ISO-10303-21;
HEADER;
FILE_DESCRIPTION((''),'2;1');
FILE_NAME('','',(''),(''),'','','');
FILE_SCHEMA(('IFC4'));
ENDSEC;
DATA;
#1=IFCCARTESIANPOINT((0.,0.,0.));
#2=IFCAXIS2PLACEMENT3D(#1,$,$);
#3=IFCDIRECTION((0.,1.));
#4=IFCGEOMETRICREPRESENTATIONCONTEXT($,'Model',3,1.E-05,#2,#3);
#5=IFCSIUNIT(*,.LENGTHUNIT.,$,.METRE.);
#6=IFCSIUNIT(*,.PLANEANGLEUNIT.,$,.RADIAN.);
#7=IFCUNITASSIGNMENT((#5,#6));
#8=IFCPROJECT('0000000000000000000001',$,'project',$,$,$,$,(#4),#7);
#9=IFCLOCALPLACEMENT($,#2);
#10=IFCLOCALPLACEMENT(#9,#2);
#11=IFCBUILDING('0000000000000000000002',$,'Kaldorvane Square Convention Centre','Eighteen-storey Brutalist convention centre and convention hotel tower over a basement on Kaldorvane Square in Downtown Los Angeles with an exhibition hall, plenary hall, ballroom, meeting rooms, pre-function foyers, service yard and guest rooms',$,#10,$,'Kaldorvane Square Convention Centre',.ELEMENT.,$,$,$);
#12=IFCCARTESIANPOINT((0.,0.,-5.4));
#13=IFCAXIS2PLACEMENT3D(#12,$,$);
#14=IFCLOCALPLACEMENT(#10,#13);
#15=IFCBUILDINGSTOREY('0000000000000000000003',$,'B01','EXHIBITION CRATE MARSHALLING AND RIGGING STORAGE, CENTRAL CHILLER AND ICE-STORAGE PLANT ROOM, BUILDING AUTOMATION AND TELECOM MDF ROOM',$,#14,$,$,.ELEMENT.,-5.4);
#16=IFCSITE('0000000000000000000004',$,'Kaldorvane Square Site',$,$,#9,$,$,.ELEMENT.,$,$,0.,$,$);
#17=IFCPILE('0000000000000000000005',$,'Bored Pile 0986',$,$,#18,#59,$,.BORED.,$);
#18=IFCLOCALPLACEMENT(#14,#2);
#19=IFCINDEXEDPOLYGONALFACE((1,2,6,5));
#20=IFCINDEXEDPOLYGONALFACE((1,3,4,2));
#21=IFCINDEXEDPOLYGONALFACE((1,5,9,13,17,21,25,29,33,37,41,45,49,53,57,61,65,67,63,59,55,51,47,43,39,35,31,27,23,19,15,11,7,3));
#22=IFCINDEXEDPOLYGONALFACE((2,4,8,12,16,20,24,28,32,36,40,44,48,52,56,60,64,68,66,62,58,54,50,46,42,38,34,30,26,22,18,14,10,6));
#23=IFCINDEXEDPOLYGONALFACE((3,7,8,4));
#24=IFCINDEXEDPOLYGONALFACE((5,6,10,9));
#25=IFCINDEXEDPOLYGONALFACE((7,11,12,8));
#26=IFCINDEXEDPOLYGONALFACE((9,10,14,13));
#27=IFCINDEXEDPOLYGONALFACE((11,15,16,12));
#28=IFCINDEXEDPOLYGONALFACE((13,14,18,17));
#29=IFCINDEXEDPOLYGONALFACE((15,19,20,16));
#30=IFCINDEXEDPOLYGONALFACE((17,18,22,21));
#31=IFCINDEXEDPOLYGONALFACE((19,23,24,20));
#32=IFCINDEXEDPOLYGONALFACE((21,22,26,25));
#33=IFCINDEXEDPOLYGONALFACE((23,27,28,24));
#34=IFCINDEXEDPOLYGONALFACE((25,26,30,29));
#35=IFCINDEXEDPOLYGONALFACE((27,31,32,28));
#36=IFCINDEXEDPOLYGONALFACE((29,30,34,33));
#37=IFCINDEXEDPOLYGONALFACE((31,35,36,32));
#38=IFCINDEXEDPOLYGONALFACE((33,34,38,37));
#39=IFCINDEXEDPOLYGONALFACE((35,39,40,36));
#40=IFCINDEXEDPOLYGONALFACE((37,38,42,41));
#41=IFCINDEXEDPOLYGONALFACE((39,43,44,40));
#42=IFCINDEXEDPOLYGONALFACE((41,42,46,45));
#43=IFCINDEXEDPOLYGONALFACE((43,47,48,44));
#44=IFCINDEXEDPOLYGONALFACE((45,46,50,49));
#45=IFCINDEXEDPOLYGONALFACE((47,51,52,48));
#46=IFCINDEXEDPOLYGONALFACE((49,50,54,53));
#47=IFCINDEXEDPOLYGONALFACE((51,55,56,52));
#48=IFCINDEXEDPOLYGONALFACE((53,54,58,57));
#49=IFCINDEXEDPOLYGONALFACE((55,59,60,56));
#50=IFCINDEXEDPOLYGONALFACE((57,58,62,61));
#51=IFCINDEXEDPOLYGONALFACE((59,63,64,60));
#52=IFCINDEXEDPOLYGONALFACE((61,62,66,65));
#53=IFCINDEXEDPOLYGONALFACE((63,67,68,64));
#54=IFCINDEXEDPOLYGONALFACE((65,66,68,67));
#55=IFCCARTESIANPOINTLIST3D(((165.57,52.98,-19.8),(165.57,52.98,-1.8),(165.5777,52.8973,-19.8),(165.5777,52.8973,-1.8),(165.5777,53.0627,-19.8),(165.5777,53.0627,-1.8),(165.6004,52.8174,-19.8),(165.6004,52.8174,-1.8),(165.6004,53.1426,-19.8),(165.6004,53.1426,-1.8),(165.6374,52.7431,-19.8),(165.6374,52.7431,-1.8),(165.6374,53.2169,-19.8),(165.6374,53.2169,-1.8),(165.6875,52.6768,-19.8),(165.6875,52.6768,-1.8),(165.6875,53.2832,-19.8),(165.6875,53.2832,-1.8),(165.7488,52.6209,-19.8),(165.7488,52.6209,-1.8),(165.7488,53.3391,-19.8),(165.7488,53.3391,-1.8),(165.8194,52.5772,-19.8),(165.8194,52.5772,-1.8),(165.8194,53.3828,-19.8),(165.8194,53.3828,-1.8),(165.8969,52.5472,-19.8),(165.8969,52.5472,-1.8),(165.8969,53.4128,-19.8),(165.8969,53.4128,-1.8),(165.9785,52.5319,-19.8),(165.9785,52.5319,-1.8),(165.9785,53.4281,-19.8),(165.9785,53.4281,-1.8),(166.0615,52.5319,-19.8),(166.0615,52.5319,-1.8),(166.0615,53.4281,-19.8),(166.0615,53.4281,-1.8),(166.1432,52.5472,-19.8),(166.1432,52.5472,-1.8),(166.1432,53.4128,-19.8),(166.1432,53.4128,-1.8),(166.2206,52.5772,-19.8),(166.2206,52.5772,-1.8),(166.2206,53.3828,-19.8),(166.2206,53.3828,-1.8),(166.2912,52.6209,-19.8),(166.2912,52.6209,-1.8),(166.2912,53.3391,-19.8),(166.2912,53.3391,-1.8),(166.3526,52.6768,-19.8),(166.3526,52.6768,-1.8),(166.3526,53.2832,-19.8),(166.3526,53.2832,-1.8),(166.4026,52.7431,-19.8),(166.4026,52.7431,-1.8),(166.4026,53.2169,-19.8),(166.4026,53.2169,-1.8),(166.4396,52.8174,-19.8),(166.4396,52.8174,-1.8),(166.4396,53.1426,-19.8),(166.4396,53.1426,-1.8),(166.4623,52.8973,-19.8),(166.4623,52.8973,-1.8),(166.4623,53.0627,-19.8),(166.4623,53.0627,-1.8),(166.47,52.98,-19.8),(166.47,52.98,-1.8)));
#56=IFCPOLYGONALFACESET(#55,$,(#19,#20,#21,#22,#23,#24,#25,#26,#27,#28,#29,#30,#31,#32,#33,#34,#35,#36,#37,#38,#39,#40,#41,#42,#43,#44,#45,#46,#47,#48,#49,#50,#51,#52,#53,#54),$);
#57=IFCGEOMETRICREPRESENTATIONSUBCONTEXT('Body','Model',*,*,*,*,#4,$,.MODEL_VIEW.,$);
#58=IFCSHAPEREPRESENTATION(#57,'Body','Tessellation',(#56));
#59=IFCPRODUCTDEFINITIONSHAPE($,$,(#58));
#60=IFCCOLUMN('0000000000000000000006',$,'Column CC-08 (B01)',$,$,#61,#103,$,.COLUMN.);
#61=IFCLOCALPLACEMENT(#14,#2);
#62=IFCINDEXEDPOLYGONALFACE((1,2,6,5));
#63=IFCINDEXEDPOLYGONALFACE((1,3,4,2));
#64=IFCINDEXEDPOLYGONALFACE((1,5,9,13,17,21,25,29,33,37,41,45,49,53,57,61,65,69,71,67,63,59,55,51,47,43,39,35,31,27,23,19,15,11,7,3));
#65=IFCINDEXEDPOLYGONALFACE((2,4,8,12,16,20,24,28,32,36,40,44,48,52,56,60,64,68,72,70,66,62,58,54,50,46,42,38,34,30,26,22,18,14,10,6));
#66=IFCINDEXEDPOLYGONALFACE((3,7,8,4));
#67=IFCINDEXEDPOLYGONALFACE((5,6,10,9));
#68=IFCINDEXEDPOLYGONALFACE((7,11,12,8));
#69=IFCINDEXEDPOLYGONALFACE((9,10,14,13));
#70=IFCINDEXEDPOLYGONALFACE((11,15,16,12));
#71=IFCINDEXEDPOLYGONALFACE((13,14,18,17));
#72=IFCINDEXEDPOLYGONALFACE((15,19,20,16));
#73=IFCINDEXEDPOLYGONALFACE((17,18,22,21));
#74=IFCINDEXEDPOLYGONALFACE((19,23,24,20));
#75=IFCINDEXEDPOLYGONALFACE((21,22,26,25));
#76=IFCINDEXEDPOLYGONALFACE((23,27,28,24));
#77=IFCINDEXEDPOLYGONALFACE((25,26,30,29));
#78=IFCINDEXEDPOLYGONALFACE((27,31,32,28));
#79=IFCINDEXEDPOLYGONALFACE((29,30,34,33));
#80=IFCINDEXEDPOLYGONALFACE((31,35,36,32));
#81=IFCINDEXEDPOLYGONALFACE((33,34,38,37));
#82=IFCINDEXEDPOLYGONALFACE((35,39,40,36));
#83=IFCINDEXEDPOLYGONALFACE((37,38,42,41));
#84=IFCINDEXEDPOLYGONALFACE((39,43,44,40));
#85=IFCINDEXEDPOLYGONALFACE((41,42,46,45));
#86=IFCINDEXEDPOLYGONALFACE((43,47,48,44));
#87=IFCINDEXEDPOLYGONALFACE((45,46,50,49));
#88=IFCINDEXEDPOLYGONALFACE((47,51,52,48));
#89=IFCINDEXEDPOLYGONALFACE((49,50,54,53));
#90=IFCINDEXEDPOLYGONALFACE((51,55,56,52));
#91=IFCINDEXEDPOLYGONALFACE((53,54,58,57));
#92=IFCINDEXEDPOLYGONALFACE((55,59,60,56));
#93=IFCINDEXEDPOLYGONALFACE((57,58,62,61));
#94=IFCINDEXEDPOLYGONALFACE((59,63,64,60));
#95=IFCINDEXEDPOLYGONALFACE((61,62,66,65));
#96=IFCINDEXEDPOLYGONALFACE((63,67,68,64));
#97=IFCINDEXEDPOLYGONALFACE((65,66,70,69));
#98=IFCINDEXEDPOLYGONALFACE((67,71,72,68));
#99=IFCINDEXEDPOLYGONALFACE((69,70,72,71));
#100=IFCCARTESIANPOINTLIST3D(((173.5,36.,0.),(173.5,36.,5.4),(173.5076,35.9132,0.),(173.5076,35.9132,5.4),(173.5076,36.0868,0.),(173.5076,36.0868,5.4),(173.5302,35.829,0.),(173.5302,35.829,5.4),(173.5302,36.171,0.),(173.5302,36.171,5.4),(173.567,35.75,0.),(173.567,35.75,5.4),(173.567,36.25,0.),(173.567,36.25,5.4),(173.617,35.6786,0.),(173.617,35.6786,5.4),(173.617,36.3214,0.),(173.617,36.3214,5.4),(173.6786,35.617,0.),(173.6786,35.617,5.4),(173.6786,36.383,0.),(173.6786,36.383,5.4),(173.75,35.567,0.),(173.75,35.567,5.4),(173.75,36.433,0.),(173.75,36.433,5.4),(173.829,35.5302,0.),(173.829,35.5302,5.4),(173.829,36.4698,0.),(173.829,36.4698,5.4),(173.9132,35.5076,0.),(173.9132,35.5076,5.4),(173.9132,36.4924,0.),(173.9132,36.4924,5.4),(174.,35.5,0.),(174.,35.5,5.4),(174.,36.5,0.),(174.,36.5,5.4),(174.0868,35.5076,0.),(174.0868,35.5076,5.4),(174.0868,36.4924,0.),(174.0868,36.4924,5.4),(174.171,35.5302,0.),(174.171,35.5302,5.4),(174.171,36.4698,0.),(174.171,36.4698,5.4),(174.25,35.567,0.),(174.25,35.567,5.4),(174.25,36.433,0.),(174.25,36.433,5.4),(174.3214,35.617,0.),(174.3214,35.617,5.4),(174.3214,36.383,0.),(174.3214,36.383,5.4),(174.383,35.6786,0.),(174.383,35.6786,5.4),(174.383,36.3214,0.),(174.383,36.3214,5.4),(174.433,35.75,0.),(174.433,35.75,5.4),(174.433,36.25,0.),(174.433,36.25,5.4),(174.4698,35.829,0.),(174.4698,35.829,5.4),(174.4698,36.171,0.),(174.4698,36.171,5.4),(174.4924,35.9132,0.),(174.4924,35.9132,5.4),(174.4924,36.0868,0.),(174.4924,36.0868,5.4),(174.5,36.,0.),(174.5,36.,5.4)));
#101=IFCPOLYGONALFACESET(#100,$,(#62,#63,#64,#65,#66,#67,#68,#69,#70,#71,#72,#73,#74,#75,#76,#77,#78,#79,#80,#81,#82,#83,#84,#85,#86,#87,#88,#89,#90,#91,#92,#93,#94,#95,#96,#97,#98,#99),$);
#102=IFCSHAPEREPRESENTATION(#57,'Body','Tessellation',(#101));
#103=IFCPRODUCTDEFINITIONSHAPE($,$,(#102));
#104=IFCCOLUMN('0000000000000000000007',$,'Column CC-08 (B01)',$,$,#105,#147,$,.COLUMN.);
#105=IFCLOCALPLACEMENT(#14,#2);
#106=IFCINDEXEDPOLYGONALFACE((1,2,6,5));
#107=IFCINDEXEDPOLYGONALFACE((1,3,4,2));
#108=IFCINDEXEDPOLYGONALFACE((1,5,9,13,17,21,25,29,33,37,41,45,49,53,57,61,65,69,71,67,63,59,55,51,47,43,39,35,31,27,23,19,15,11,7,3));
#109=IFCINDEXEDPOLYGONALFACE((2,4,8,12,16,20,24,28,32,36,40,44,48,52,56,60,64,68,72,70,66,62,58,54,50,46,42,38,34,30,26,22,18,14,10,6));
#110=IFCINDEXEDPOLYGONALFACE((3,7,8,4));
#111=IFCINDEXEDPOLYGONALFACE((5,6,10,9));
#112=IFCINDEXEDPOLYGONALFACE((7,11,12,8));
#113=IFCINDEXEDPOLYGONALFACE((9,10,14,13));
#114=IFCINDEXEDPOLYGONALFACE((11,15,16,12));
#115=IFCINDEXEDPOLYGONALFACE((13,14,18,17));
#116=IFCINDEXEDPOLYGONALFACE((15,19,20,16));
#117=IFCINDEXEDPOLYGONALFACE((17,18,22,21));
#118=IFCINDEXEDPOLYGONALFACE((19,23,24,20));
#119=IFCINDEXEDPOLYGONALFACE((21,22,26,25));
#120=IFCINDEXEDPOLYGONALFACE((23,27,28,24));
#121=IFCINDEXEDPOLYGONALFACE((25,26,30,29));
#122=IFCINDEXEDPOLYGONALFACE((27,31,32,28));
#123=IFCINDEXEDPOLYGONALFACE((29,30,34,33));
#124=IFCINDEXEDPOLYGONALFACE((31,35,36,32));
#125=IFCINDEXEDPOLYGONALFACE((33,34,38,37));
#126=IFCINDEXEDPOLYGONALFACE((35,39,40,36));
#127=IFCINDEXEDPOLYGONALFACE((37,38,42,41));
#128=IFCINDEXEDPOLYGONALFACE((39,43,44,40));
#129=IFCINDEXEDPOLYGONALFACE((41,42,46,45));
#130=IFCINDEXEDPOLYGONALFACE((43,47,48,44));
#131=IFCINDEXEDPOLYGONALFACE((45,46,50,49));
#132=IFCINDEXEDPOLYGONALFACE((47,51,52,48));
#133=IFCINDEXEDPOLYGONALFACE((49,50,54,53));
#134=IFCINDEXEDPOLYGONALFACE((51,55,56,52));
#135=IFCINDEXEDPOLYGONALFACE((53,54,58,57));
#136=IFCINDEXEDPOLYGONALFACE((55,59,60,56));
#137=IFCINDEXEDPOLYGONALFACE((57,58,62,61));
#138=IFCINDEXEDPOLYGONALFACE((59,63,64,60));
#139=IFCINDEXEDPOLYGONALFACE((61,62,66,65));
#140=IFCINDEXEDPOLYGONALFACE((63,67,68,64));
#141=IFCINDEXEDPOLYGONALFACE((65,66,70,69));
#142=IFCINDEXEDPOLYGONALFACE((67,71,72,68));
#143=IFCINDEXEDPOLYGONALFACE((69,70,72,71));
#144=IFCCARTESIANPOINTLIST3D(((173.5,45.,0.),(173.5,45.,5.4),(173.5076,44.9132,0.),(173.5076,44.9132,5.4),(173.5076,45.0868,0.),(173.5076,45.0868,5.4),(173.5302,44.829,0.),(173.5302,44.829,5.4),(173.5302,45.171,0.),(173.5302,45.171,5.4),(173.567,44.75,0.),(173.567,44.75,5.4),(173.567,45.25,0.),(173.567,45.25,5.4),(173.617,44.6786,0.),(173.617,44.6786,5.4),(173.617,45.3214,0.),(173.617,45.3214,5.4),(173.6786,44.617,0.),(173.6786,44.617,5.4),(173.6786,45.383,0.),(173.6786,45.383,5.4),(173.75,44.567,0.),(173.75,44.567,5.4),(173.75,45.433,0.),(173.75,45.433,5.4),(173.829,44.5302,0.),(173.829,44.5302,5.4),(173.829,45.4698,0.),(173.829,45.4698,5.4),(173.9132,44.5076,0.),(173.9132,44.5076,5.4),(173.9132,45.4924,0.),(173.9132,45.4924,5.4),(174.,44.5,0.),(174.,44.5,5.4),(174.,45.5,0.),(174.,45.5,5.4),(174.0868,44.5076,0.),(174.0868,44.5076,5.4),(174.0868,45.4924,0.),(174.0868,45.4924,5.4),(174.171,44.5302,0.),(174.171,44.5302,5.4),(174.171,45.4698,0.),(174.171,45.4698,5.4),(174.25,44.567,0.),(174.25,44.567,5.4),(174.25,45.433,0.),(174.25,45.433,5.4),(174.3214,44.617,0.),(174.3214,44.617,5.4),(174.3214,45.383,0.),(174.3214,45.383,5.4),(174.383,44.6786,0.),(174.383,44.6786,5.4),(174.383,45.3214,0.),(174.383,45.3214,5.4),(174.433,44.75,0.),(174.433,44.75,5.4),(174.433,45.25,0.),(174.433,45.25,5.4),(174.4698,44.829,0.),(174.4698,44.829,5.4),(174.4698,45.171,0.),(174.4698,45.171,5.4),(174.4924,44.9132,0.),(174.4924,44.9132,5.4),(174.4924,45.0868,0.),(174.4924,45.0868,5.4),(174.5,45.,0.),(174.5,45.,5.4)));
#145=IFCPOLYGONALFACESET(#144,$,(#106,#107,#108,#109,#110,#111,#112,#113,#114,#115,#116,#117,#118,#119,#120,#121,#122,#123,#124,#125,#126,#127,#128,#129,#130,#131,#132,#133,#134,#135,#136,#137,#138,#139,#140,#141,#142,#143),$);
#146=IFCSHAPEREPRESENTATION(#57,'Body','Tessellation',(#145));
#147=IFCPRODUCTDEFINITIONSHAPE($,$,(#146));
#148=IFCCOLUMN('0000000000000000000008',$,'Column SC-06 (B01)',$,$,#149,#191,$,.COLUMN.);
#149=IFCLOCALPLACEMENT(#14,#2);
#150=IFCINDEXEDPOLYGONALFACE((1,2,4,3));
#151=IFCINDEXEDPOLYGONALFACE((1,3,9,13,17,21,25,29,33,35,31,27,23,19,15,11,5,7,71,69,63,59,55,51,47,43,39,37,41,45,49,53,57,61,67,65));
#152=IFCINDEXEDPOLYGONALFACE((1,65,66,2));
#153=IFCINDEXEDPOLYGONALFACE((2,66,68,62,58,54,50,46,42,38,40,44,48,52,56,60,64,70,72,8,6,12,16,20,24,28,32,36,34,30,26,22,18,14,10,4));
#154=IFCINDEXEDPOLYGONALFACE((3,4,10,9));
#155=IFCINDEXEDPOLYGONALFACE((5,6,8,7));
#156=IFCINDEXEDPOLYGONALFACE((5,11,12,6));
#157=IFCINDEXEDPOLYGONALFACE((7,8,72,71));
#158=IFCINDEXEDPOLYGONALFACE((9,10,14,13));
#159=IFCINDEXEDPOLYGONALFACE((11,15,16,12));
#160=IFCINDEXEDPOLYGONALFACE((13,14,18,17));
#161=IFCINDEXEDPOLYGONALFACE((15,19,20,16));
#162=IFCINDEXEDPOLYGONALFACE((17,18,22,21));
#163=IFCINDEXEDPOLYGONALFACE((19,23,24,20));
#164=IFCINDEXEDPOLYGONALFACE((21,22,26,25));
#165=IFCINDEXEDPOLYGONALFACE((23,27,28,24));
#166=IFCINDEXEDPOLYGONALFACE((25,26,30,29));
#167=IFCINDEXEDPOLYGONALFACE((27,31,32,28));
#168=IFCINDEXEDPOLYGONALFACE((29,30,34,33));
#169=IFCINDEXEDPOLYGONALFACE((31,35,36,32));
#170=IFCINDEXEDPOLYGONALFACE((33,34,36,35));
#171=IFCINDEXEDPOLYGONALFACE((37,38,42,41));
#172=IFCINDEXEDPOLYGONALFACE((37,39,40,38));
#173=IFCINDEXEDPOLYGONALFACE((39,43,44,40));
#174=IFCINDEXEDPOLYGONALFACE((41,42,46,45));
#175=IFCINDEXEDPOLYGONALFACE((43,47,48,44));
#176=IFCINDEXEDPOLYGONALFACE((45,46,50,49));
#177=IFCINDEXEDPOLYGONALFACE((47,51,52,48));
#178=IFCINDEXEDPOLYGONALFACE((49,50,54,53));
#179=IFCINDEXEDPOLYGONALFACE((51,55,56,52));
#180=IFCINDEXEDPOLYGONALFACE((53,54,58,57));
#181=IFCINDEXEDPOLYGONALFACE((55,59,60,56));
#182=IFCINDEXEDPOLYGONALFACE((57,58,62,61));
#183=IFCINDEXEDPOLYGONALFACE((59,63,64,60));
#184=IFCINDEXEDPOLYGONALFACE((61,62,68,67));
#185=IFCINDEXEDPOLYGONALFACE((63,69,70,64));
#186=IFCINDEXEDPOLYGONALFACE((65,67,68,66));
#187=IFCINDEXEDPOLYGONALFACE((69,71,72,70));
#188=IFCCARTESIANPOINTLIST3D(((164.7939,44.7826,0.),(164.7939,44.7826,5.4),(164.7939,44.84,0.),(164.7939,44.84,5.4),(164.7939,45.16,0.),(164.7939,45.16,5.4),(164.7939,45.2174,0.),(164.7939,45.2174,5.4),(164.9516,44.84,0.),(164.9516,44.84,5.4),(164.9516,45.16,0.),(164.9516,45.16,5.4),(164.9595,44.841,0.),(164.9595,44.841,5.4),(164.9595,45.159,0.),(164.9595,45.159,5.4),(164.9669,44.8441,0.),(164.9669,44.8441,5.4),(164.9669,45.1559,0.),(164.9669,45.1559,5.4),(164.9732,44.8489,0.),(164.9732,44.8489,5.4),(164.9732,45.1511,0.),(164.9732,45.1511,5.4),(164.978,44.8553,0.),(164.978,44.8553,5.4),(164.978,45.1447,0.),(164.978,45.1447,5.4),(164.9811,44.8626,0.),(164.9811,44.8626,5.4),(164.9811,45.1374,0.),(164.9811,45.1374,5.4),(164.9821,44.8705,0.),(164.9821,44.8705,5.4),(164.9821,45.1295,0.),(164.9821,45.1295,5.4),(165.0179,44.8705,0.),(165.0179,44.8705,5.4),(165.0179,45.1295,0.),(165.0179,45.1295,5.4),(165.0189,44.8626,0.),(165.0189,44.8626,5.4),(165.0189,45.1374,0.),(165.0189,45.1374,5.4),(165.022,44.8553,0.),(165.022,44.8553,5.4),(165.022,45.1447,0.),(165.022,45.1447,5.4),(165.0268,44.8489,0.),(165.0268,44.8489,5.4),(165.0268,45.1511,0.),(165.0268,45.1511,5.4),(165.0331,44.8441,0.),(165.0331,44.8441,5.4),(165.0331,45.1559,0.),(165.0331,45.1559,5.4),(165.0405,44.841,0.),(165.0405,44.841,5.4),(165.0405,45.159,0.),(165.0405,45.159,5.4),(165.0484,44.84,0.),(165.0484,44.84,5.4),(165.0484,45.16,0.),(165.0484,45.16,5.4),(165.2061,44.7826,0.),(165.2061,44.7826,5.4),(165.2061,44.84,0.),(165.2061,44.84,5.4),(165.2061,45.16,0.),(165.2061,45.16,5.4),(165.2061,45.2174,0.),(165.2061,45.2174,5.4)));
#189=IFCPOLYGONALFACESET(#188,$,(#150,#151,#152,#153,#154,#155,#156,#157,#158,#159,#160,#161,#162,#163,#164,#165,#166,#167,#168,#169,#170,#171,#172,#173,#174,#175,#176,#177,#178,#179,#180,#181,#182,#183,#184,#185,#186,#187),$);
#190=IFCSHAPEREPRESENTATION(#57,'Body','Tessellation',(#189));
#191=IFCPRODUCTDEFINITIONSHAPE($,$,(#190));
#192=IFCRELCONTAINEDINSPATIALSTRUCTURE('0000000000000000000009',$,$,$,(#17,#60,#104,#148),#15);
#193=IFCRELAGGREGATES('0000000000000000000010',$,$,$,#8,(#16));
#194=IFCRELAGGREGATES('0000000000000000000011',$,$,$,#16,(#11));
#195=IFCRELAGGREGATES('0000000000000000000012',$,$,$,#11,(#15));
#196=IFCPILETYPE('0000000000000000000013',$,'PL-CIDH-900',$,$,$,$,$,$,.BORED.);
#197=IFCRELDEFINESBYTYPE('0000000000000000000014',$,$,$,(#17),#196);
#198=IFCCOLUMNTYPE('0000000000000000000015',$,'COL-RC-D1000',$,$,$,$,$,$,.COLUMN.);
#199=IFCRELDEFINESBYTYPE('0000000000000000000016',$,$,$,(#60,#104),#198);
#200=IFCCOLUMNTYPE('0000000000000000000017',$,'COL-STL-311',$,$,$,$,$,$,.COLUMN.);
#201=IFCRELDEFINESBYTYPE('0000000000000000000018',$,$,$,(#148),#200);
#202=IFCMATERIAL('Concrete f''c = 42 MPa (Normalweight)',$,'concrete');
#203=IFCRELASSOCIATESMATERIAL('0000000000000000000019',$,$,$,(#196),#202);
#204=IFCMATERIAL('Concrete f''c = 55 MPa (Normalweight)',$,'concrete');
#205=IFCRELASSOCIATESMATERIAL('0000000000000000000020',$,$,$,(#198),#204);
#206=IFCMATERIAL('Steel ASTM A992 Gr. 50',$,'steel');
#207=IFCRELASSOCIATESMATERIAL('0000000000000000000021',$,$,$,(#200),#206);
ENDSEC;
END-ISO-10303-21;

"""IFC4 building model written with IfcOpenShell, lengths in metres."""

from ifc_helpers import new_model, si_unit, direction, frame, origin, origin_2d, place, context, subcontext, project, spatial, circle, i_section, extrude, material, material_profile, profile_set, type_object, element, save


model = new_model("IFC4")

# Units and contexts
model_context = context("Model", 3, precision=1e-05, world=origin(), true_north=direction((0.0, 1.0)))
body_context = subcontext(model_context, "Body", "Model", "MODEL_VIEW")
ifc_project = project(units=[si_unit("LENGTHUNIT", "METRE"), si_unit("PLANEANGLEUNIT", "RADIAN")], contexts=[model_context])

# Site, building, storey
site_placement = place(None, origin())
site = spatial("IfcSite", under=ifc_project, at=site_placement, Name="Kaldorvane Square Site", CompositionType="ELEMENT", RefElevation=0.0)
building_placement = place(site_placement, origin())
building = spatial("IfcBuilding", under=site, at=building_placement, Name="Kaldorvane Square Convention Centre", Description="Eighteen-storey Brutalist convention centre and convention hotel tower over a basement on Kaldorvane Square in Downtown Los Angeles with an exhibition hall, plenary hall, ballroom, meeting rooms, pre-function foyers, service yard and guest rooms", LongName="Kaldorvane Square Convention Centre", CompositionType="ELEMENT")
storey_placement = place(building_placement, frame((0.0, 0.0, -5.4)))
storey = spatial("IfcBuildingStorey", under=building, at=storey_placement, Name="B01", Description="EXHIBITION CRATE MARSHALLING AND RIGGING STORAGE, CENTRAL CHILLER AND ICE-STORAGE PLANT ROOM, BUILDING AUTOMATION AND TELECOM MDF ROOM", CompositionType="ELEMENT", Elevation=-5.4)

# Shared definitions
ifc_material_1 = material(Name="Concrete f'c = 42 MPa (Normalweight)", Category="concrete")

# Pile
ifc_material_profile_1 = material_profile(ifc_material_1, circle(Radius=0.45, at=origin_2d()), Name="PILE-D900")
ifc_profile_set_1 = profile_set([ifc_material_profile_1], Name="Concrete f'c = 42 MPa (Normalweight)")
pile_type_1 = type_object("IfcPileType", Name="PL-CIDH-900", PredefinedType="BORED", material=ifc_profile_set_1)
for number, where, z_axis, x_axis, name in (
    (1, (166.02, 52.98, -1.8), (0.0, 0.0, -1.0), (1.0, 0.0, 0.0), "Bored Pile 0986"),
):
    element("IfcPile", number, at=place(storey_placement, frame(where, z_axis=z_axis, x_axis=x_axis)), inside=storey, type_object=pile_type_1, Name=name, PredefinedType="BORED", context=body_context, shape_type="SweptSolid", body=[
        extrude(circle(Radius=0.45, at=origin_2d()), origin(), (0.0, 0.0, 1.0), 18.0),
    ])

# Columns
ifc_material_2 = material(Name="Concrete f'c = 55 MPa (Normalweight)", Category="concrete")
ifc_material_profile_2 = material_profile(ifc_material_2, circle(Radius=0.5, at=origin_2d()), Name="RC-D1000")
ifc_profile_set_2 = profile_set([ifc_material_profile_2], Name="Concrete f'c = 55 MPa (Normalweight)")
column_type_1 = type_object("IfcColumnType", Name="COL-RC-D1000", PredefinedType="COLUMN", material=ifc_profile_set_2)
for number, where, z_axis, x_axis, name in (
    (2, (174.0, 36.0, 0.0), (0.0, 0.0, 1.0), (1.0, 0.0, 0.0), "Column CC-08 (B01)"),
    (3, (174.0, 45.0, 0.0), (0.0, 0.0, 1.0), (1.0, 0.0, 0.0), "Column CC-08 (B01)"),
):
    element("IfcColumn", number, at=place(storey_placement, frame(where, z_axis=z_axis, x_axis=x_axis)), inside=storey, type_object=column_type_1, Name=name, PredefinedType="COLUMN", context=body_context, shape_type="SweptSolid", body=[
        extrude(circle(Radius=0.5, at=origin_2d()), origin(), (0.0, 0.0, 1.0), 5.4),
    ])
ifc_material_3 = material(Name="Steel ASTM A992 Gr. 50", Category="steel")
ifc_material_profile_3 = material_profile(ifc_material_3, i_section(OverallWidth=0.4122, OverallDepth=0.4348, WebThickness=0.0358, FlangeThickness=0.0574, FilletRadius=0.0305, at=origin_2d()), Name="W14X311")
ifc_profile_set_3 = profile_set([ifc_material_profile_3], Name="Steel ASTM A992 Gr. 50")
column_type_2 = type_object("IfcColumnType", Name="COL-STL-311", PredefinedType="COLUMN", material=ifc_profile_set_3)
for number, where, z_axis, x_axis, name in (
    (4, (165.0, 45.0, 0.0), (0.0, 0.0, 1.0), (1.0, 0.0, 0.0), "Column SC-06 (B01)"),
):
    element("IfcColumn", number, at=place(storey_placement, frame(where, z_axis=z_axis, x_axis=x_axis)), inside=storey, type_object=column_type_2, Name=name, PredefinedType="COLUMN", context=body_context, shape_type="SweptSolid", body=[
        extrude(i_section(OverallWidth=0.4122, OverallDepth=0.4348, WebThickness=0.0358, FlangeThickness=0.0574, FilletRadius=0.0305, at=origin_2d()), origin(), (0.0, 0.0, 1.0), 5.4),
    ])

save(model, "model.ifc")
